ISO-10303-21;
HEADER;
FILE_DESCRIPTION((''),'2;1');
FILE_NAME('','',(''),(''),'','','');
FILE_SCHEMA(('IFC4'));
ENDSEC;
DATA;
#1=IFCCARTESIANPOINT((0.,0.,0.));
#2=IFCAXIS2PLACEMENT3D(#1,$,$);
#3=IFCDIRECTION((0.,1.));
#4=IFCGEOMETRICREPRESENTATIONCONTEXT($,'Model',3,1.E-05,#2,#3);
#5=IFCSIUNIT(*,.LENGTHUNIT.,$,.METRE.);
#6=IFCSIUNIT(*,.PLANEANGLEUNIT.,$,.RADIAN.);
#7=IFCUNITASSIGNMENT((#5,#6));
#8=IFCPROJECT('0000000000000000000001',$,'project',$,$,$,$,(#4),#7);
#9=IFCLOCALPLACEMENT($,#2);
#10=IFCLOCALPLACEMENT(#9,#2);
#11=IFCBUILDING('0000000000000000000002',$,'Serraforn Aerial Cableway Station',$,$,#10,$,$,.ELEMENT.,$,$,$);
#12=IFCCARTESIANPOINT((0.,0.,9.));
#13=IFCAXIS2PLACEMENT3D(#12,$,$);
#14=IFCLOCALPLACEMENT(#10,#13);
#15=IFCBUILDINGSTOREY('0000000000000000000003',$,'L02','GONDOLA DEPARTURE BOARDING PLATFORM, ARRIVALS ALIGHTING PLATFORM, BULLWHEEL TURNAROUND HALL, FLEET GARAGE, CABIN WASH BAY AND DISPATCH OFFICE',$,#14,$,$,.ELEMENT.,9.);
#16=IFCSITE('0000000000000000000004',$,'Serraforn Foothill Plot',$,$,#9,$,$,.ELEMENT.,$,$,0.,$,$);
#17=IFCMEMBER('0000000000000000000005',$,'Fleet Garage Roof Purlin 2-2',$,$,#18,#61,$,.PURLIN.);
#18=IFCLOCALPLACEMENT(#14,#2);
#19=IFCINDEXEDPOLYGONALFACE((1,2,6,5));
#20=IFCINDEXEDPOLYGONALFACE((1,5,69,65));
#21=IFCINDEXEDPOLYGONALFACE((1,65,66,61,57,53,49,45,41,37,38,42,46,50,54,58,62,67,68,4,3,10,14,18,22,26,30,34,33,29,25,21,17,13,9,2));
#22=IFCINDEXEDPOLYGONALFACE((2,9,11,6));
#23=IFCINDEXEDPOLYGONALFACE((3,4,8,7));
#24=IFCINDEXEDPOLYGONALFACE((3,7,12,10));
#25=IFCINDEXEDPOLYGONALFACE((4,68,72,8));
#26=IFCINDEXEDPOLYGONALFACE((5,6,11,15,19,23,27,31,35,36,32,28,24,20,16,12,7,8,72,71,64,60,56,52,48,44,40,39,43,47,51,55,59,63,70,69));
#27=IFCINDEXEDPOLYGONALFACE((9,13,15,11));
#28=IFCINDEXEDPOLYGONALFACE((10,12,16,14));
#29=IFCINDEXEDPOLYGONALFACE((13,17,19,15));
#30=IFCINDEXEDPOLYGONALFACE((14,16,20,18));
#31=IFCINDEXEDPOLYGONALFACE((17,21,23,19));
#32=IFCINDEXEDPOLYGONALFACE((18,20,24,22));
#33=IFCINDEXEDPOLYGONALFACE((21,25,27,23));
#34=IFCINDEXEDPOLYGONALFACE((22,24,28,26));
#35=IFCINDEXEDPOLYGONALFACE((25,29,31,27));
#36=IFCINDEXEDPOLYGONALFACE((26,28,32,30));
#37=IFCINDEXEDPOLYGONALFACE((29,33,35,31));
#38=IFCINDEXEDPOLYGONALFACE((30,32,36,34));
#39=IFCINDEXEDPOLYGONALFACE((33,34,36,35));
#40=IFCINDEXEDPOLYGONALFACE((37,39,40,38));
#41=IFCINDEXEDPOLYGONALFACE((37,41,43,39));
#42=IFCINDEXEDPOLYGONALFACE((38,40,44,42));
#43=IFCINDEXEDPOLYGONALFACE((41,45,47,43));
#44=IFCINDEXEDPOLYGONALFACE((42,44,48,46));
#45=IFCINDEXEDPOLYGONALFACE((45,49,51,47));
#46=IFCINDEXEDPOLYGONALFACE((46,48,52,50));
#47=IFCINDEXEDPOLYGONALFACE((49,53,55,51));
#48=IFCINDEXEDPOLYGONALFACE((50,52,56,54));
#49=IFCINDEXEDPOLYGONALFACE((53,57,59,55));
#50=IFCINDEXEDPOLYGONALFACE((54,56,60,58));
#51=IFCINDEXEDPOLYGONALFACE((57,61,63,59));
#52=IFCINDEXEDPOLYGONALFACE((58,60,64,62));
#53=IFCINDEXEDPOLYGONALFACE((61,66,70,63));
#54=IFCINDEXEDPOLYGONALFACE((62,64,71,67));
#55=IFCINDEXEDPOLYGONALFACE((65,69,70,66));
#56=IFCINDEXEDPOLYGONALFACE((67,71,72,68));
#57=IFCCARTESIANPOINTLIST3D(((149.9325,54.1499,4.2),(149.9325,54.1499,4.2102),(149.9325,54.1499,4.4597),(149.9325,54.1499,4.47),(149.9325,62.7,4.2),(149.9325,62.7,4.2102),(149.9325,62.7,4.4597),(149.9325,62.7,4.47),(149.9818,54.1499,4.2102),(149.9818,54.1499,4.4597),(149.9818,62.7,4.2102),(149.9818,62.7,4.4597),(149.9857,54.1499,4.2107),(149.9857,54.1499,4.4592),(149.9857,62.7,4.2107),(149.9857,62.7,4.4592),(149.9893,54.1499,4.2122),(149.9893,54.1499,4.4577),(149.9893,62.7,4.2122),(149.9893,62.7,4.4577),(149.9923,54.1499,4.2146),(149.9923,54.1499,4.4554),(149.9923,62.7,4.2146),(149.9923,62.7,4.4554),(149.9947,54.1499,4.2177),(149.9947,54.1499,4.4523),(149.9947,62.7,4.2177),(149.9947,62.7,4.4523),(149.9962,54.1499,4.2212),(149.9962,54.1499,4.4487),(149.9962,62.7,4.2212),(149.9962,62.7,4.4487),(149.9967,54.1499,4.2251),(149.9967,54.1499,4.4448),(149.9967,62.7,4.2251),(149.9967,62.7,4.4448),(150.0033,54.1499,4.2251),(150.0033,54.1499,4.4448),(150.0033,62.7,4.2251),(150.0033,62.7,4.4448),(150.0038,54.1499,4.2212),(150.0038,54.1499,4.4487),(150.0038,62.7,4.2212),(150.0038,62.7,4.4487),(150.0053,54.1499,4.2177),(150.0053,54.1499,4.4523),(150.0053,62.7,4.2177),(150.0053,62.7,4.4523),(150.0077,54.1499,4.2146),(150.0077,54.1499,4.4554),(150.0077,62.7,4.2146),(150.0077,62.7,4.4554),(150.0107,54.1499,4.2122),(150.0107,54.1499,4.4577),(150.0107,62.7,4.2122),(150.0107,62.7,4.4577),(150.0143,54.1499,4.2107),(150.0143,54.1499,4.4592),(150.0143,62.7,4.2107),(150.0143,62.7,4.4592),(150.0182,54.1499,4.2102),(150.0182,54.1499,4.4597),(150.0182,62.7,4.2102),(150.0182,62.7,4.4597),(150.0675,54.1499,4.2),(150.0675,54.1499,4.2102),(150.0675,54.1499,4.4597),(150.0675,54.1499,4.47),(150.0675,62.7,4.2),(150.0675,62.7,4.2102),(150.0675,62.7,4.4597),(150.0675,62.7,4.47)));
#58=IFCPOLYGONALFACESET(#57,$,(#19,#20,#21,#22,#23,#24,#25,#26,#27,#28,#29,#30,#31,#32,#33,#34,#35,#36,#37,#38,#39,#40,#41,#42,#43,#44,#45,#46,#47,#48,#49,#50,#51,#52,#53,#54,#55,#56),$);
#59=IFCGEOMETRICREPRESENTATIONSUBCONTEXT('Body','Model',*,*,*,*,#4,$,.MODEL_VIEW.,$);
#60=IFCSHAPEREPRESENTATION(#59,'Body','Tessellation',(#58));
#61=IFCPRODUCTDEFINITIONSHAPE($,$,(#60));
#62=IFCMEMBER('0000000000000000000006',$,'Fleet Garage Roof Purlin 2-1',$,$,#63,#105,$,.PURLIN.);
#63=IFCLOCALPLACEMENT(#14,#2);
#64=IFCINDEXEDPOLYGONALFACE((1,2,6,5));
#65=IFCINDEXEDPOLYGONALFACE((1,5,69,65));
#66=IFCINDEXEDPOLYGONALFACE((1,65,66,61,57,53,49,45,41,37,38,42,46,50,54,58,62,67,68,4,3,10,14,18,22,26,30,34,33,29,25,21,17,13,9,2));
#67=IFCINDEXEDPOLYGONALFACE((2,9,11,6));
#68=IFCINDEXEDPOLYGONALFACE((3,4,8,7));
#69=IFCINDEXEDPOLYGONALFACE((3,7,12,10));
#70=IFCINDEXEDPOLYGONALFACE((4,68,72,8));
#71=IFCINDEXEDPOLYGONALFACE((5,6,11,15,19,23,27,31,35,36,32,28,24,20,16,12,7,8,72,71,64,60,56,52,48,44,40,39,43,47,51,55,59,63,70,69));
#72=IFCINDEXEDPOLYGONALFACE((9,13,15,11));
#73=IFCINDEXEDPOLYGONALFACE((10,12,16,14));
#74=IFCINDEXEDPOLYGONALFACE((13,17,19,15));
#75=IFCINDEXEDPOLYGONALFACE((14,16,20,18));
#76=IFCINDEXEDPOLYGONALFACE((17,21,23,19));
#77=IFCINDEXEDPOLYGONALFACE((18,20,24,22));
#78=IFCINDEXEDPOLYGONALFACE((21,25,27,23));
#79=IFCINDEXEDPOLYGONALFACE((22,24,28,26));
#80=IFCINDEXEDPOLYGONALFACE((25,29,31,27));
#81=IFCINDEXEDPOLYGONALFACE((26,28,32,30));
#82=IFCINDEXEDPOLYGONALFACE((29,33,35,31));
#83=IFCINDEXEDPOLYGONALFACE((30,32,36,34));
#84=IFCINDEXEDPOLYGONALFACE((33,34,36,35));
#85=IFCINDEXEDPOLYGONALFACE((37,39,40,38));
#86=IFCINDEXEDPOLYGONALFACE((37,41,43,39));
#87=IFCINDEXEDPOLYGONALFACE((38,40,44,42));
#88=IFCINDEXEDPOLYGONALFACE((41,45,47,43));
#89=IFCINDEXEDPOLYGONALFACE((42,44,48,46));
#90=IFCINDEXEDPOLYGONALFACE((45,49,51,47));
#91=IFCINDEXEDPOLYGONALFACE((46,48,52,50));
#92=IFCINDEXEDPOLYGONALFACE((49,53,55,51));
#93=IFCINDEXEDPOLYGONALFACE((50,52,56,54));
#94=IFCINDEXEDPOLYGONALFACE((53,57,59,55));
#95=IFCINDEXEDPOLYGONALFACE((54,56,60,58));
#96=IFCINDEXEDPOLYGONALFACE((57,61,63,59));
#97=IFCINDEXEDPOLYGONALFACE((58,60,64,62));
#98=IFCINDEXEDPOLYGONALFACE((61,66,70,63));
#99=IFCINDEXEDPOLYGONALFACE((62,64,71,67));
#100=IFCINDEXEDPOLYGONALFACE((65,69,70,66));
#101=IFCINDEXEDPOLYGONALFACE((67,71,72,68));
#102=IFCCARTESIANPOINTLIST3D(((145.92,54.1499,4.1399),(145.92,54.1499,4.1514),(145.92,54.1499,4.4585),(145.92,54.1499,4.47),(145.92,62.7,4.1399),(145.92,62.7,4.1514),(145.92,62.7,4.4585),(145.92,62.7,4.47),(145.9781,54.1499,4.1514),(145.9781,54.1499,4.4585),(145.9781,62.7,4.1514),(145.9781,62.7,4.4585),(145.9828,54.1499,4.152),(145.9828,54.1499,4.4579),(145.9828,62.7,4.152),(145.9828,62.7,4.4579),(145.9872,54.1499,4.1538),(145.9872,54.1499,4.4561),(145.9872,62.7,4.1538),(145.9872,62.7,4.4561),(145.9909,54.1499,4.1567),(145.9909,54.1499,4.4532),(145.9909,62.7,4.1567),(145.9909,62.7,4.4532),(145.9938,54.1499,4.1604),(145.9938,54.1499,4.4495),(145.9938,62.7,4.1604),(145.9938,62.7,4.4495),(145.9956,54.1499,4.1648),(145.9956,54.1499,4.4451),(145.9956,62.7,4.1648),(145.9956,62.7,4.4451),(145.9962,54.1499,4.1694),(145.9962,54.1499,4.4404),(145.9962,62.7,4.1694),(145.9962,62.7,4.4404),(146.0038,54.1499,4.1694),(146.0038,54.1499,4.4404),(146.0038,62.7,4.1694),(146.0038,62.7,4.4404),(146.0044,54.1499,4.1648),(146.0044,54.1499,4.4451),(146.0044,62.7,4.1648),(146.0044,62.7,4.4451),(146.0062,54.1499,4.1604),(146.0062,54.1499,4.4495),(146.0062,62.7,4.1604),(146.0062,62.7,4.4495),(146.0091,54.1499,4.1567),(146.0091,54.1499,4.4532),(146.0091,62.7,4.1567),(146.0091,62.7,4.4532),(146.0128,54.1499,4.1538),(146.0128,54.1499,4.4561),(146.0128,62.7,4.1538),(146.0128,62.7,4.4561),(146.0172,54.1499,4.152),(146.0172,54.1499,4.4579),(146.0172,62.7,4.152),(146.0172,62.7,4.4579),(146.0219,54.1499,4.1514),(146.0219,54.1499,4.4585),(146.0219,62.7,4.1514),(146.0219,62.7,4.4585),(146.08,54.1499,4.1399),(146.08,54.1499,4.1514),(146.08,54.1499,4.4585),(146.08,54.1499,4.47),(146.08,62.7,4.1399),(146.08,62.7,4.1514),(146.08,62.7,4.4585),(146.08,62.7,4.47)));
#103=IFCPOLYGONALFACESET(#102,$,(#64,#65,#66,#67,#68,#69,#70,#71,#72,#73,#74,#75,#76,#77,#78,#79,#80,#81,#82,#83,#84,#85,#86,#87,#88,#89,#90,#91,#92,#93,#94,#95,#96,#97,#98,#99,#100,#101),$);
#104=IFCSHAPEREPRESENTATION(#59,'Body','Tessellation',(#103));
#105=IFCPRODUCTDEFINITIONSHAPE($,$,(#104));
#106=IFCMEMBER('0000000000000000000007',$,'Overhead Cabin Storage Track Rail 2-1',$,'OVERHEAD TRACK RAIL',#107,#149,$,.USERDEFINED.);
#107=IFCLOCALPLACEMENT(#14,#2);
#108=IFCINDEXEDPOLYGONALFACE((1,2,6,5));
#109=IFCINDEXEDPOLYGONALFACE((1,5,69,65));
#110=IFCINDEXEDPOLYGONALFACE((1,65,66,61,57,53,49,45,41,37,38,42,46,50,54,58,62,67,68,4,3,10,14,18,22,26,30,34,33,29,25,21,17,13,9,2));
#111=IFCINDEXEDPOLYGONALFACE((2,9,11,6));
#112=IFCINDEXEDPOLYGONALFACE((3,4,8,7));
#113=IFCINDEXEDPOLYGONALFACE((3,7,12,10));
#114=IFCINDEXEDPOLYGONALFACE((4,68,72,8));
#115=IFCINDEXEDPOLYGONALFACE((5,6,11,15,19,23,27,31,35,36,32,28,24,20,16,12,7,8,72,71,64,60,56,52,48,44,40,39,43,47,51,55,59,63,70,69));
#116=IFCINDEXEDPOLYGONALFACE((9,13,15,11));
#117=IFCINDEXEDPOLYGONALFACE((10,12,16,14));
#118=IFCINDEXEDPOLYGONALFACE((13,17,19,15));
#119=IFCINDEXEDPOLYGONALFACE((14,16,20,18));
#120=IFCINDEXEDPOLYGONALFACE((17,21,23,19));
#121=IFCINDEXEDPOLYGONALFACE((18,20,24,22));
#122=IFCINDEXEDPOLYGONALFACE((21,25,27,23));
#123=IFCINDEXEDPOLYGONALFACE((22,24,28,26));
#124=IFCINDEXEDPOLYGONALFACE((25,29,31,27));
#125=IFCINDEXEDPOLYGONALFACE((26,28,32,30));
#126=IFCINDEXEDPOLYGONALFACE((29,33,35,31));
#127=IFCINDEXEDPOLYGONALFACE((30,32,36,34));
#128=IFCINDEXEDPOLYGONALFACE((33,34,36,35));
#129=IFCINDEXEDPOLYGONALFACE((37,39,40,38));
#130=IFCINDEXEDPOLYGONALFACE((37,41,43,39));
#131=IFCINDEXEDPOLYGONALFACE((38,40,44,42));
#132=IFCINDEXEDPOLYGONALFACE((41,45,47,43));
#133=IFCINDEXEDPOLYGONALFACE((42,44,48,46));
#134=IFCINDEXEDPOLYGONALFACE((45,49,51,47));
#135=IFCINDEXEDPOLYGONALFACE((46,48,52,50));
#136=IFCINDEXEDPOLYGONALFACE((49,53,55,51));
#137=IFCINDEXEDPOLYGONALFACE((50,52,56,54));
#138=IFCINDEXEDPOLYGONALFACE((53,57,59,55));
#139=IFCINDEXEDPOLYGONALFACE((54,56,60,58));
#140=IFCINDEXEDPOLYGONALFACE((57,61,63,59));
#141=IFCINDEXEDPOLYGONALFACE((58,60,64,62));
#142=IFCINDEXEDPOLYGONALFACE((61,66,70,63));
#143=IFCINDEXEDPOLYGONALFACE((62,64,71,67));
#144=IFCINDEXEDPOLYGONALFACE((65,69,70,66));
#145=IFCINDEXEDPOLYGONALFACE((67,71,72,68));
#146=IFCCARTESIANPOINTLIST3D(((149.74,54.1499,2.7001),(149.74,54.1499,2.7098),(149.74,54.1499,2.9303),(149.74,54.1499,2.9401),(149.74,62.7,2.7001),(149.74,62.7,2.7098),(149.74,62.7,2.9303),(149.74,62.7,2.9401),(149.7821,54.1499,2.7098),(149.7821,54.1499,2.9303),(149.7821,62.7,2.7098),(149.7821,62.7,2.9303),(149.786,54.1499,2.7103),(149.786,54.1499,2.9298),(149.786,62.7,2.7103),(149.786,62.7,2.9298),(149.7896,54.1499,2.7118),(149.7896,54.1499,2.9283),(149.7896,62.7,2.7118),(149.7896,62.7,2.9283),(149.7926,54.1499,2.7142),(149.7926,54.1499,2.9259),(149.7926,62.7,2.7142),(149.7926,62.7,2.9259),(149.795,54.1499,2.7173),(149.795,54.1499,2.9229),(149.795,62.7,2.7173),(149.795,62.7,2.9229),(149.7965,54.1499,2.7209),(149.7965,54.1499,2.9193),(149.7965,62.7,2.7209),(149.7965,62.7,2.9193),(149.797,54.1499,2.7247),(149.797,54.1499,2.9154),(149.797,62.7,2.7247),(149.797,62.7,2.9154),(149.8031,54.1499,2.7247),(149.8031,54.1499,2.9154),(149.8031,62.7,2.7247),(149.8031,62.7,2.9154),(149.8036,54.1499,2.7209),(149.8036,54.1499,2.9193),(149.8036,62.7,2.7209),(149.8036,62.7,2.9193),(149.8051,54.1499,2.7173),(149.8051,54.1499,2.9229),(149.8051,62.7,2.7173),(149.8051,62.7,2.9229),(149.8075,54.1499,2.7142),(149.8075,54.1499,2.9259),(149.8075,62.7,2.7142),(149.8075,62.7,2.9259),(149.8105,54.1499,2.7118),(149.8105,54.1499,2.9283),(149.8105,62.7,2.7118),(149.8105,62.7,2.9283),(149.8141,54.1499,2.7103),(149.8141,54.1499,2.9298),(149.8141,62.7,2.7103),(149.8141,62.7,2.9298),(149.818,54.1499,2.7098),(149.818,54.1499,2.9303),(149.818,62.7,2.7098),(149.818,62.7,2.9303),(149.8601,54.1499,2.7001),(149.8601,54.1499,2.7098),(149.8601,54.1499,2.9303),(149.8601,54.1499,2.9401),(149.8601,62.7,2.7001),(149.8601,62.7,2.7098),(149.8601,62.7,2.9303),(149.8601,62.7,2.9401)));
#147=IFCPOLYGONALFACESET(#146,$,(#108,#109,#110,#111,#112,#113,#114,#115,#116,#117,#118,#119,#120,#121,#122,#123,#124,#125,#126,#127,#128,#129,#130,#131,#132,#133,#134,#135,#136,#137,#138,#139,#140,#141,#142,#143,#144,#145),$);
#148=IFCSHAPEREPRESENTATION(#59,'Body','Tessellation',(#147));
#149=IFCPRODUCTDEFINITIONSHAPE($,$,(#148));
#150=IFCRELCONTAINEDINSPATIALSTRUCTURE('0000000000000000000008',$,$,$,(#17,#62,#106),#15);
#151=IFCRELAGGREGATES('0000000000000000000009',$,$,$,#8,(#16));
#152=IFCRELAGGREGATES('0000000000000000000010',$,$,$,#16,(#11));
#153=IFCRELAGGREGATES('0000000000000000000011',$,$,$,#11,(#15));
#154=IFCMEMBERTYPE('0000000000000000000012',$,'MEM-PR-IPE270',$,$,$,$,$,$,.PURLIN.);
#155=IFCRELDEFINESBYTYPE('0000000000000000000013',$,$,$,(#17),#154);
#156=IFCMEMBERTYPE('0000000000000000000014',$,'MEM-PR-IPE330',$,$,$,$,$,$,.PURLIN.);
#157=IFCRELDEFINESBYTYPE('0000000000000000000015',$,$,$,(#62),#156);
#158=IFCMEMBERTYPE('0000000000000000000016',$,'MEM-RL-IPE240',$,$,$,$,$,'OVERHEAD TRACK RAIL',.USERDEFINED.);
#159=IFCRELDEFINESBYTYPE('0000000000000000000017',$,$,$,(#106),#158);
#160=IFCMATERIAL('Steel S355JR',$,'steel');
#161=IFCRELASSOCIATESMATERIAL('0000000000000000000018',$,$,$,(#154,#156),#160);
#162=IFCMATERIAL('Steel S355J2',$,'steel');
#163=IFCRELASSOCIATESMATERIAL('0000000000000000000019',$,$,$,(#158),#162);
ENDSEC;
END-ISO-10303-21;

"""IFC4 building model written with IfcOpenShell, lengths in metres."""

from ifc_helpers import new_model, si_unit, direction, frame, origin, origin_2d, place, context, subcontext, project, spatial, i_section, extrude, material, material_profile, profile_set, type_object, element, save


model = new_model("IFC4")

# Units and contexts
model_context = context("Model", 3, precision=1e-05, world=origin(), true_north=direction((0.0, 1.0)))
body_context = subcontext(model_context, "Body", "Model", "MODEL_VIEW")
ifc_project = project(units=[si_unit("LENGTHUNIT", "METRE"), si_unit("PLANEANGLEUNIT", "RADIAN")], contexts=[model_context])

# Site, building, storey
site_placement = place(None, origin())
site = spatial("IfcSite", under=ifc_project, at=site_placement, Name="Serraforn Foothill Plot", CompositionType="ELEMENT", RefElevation=0.0)
building_placement = place(site_placement, origin())
building = spatial("IfcBuilding", under=site, at=building_placement, Name="Serraforn Aerial Cableway Station", CompositionType="ELEMENT")
storey_placement = place(building_placement, frame((0.0, 0.0, 9.0)))
storey = spatial("IfcBuildingStorey", under=building, at=storey_placement, Name="L02", Description="GONDOLA DEPARTURE BOARDING PLATFORM, ARRIVALS ALIGHTING PLATFORM, BULLWHEEL TURNAROUND HALL, FLEET GARAGE, CABIN WASH BAY AND DISPATCH OFFICE", CompositionType="ELEMENT", Elevation=9.0)

# Shared definitions
ifc_material_1 = material(Name="Steel S355J2", Category="steel")

# Shared definitions
ifc_material_2 = material(Name="Steel S355JR", Category="steel")

# Members
ifc_material_profile_1 = material_profile(ifc_material_2, i_section(OverallWidth=0.135, OverallDepth=0.27, WebThickness=0.0066, FlangeThickness=0.0103, FilletRadius=0.0149, at=origin_2d()), Name="IPE 270")
ifc_profile_set_1 = profile_set([ifc_material_profile_1], Name="Steel S355JR")
member_type_1 = type_object("IfcMemberType", Name="MEM-PR-IPE270", PredefinedType="PURLIN", material=ifc_profile_set_1)
member_1_placement = place(storey_placement, frame((150.0, 54.1499, 4.335), z_axis=(0.0, 1.0, 0.0), x_axis=(-1.0, 0.0, 0.0)))
element("IfcMember", 1, at=member_1_placement, inside=storey, type_object=member_type_1, Name="Fleet Garage Roof Purlin 2-2", PredefinedType="PURLIN", context=body_context, shape_type="SweptSolid", body=[
    extrude(i_section(OverallWidth=0.135, OverallDepth=0.27, WebThickness=0.0066, FlangeThickness=0.0103, FilletRadius=0.0149, at=origin_2d()), origin(), (0.0, 0.0, 1.0), 8.55),
])
ifc_material_profile_2 = material_profile(ifc_material_2, i_section(OverallWidth=0.1599, OverallDepth=0.3301, WebThickness=0.0076, FlangeThickness=0.0115, FilletRadius=0.0181, at=origin_2d()), Name="IPE 330")
ifc_profile_set_2 = profile_set([ifc_material_profile_2], Name="Steel S355JR")
member_type_2 = type_object("IfcMemberType", Name="MEM-PR-IPE330", PredefinedType="PURLIN", material=ifc_profile_set_2)
member_2_placement = place(storey_placement, frame((146.0, 54.1499, 4.3049), z_axis=(0.0, 1.0, 0.0), x_axis=(-1.0, 0.0, 0.0)))
element("IfcMember", 2, at=member_2_placement, inside=storey, type_object=member_type_2, Name="Fleet Garage Roof Purlin 2-1", PredefinedType="PURLIN", context=body_context, shape_type="SweptSolid", body=[
    extrude(i_section(OverallWidth=0.1599, OverallDepth=0.3301, WebThickness=0.0076, FlangeThickness=0.0115, FilletRadius=0.0181, at=origin_2d()), origin(), (0.0, 0.0, 1.0), 8.55),
])
ifc_material_profile_3 = material_profile(ifc_material_1, i_section(OverallWidth=0.1201, OverallDepth=0.24, WebThickness=0.0061, FlangeThickness=0.0098, FilletRadius=0.0149, at=origin_2d()), Name="IPE 240")
ifc_profile_set_3 = profile_set([ifc_material_profile_3], Name="Steel S355J2")
member_type_3 = type_object("IfcMemberType", Name="MEM-RL-IPE240", ElementType="OVERHEAD TRACK RAIL", PredefinedType="USERDEFINED", material=ifc_profile_set_3)
member_3_placement = place(storey_placement, frame((149.8, 54.1499, 2.8201), z_axis=(0.0, 1.0, 0.0), x_axis=(-1.0, 0.0, 0.0)))
element("IfcMember", 3, at=member_3_placement, inside=storey, type_object=member_type_3, Name="Overhead Cabin Storage Track Rail 2-1", ObjectType="OVERHEAD TRACK RAIL", PredefinedType="USERDEFINED", context=body_context, shape_type="SweptSolid", body=[
    extrude(i_section(OverallWidth=0.1201, OverallDepth=0.24, WebThickness=0.0061, FlangeThickness=0.0098, FilletRadius=0.0149, at=origin_2d()), origin(), (0.0, 0.0, 1.0), 8.55),
])

save(model, "model.ifc")
